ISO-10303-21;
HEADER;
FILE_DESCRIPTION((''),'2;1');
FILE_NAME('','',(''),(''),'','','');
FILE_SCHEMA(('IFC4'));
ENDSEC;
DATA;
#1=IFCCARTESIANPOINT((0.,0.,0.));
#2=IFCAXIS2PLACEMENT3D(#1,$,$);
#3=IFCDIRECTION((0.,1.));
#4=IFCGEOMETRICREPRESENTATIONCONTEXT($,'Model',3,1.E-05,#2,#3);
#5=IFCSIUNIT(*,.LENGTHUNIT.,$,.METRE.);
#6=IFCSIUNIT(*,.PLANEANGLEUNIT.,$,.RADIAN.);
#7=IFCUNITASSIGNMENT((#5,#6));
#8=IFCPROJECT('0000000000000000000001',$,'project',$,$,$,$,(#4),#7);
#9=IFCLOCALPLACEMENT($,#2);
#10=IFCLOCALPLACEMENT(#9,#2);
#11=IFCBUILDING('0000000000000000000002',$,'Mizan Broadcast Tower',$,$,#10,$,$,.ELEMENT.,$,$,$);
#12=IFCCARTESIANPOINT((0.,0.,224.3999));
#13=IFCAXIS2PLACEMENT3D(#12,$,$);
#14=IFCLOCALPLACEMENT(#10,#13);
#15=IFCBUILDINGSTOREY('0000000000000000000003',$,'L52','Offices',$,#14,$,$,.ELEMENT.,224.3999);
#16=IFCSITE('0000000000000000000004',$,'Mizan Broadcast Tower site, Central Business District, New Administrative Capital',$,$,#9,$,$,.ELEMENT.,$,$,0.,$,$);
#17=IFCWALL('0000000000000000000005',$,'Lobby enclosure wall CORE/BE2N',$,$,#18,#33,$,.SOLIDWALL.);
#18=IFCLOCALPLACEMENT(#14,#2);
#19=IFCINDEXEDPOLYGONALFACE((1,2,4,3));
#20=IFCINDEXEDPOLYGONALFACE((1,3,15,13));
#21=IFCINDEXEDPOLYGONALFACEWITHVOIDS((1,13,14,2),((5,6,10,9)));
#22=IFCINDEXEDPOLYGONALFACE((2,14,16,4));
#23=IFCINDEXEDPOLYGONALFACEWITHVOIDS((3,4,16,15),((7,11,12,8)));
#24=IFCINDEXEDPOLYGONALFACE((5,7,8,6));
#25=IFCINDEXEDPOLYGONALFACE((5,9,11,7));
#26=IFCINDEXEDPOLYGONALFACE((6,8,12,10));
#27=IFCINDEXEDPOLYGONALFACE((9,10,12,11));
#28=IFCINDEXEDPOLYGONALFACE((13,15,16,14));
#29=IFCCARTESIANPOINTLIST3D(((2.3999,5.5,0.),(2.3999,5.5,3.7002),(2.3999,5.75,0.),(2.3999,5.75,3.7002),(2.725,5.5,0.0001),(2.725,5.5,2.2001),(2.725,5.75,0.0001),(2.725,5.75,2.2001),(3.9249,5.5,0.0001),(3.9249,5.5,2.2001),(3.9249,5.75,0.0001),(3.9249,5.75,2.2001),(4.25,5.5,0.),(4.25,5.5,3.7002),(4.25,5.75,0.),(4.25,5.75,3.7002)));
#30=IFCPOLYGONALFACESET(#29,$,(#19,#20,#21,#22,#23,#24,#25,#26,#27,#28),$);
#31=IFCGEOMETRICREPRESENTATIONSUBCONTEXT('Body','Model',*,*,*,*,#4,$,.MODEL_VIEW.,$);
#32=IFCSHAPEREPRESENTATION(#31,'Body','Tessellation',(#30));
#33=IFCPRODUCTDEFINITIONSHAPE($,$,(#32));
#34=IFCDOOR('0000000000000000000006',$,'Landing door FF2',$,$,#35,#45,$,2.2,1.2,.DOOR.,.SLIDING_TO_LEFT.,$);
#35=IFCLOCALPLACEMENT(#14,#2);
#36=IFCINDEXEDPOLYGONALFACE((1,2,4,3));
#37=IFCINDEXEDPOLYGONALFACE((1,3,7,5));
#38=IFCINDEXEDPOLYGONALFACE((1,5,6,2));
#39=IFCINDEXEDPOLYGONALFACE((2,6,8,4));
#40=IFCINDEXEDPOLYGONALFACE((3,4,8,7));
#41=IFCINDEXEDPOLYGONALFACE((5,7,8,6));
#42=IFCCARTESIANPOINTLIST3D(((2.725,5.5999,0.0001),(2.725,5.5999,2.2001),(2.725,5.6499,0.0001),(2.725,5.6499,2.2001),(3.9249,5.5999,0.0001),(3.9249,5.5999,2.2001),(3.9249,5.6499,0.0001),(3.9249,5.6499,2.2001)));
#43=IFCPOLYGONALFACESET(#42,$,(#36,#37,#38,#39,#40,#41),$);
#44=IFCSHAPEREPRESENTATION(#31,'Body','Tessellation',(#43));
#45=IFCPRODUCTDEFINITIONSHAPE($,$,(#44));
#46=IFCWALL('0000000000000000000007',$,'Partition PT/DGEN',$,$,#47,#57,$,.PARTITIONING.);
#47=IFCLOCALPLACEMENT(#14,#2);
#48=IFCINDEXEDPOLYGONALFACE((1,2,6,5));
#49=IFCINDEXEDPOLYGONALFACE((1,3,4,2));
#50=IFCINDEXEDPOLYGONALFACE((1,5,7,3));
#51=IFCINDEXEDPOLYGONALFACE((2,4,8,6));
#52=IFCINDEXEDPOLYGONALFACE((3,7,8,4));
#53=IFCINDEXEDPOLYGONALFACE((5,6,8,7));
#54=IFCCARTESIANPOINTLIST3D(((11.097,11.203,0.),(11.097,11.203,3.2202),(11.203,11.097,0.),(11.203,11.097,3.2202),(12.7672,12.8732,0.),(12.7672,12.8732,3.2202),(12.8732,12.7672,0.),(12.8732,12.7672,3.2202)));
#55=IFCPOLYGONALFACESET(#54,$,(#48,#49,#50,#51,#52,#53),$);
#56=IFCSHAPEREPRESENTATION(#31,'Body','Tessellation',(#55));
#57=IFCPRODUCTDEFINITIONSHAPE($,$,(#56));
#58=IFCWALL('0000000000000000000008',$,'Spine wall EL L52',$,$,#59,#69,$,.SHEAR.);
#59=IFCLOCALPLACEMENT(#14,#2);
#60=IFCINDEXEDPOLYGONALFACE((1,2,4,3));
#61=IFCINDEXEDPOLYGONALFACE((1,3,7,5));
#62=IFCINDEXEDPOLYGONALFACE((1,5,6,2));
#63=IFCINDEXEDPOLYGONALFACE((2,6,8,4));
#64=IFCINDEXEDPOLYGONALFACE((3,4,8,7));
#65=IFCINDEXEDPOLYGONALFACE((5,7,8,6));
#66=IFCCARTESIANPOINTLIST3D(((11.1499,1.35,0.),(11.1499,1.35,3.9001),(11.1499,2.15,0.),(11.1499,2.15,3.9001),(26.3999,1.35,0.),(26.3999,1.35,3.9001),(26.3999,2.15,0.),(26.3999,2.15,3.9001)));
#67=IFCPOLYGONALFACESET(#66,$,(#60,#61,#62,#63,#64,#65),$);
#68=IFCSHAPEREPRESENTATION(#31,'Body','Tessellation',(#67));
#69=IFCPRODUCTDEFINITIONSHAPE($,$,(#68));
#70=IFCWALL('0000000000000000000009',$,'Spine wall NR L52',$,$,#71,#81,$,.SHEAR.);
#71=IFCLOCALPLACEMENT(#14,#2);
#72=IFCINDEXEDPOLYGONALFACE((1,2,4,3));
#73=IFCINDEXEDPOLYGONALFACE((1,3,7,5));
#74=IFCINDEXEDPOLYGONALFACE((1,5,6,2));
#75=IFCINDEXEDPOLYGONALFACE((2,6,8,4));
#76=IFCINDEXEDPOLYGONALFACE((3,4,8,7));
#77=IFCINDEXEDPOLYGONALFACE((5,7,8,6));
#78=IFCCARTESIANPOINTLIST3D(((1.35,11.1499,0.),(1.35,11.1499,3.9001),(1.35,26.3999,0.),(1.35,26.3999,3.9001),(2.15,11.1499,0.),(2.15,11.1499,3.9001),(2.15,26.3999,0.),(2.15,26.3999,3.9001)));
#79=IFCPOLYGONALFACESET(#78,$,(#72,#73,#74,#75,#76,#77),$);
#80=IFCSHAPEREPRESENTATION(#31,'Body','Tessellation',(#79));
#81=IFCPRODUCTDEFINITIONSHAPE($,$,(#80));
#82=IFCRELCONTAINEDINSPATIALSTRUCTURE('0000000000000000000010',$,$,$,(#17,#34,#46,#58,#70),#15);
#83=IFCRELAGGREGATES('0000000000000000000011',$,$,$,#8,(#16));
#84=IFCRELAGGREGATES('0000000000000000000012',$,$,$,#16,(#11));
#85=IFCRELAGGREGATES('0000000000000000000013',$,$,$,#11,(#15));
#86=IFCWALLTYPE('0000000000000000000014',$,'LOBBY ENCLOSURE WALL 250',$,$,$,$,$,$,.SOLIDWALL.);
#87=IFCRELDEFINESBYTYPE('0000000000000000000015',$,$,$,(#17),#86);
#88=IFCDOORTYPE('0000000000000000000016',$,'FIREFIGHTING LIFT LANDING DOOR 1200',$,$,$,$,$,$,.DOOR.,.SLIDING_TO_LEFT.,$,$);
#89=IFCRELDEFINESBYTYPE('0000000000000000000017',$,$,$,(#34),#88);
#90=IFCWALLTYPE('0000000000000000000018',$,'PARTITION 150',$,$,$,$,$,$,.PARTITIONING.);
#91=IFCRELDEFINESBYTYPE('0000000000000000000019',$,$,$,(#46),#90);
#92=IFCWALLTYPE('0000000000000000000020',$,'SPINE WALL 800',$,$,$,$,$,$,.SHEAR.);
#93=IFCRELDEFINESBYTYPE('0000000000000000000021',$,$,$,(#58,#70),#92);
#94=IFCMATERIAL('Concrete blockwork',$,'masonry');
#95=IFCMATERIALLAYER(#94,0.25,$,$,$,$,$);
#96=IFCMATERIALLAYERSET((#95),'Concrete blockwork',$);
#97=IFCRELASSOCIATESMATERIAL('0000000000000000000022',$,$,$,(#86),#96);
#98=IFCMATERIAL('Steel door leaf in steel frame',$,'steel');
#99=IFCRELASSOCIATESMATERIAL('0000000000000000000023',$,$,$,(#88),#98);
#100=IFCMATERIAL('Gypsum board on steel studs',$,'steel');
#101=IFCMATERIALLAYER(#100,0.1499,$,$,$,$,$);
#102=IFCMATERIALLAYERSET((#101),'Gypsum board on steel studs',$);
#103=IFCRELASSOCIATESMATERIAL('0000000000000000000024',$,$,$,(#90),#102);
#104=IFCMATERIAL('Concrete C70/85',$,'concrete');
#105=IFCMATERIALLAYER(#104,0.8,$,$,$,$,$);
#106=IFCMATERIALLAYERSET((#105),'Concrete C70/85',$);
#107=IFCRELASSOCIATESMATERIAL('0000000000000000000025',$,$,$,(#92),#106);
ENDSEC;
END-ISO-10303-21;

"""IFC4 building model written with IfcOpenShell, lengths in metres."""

from ifc_helpers import new_model, si_unit, direction, frame, frame_2d, origin, place, context, subcontext, project, spatial, rectangle, extrude, material, layer, layer_set, type_object, element, fill, save


model = new_model("IFC4")

# Units and contexts
model_context = context("Model", 3, precision=1e-05, world=origin(), true_north=direction((0.0, 1.0)))
body_context = subcontext(model_context, "Body", "Model", "MODEL_VIEW")
ifc_project = project(units=[si_unit("LENGTHUNIT", "METRE"), si_unit("PLANEANGLEUNIT", "RADIAN")], contexts=[model_context])

# Site, building, storey
site_placement = place(None, origin())
site = spatial("IfcSite", under=ifc_project, at=site_placement, Name="Mizan Broadcast Tower site, Central Business District, New Administrative Capital", CompositionType="ELEMENT", RefElevation=0.0)
building_placement = place(site_placement, origin())
building = spatial("IfcBuilding", under=site, at=building_placement, Name="Mizan Broadcast Tower", CompositionType="ELEMENT")
storey_placement = place(building_placement, frame((0.0, 0.0, 224.3999)))
storey = spatial("IfcBuildingStorey", under=building, at=storey_placement, Name="L52", Description="Offices", CompositionType="ELEMENT", Elevation=224.3999)

# Wall, opening, door
ifc_material_1 = material(Name="Concrete blockwork", Category="masonry")
ifc_layer_1 = layer(ifc_material_1, 0.25)
ifc_layer_set_1 = layer_set([ifc_layer_1], Name="Concrete blockwork")
wall_type_1 = type_object("IfcWallType", Name="LOBBY ENCLOSURE WALL 250", PredefinedType="SOLIDWALL", material=ifc_layer_set_1)
wall_1_placement = place(storey_placement, frame((2.3999, 5.625, 0.0), z_axis=(0.0, 0.0, 1.0), x_axis=(1.0, 0.0, 0.0)))
wall_1 = element("IfcWall", 1, at=wall_1_placement, inside=storey, type_object=wall_type_1, Name="Lobby enclosure wall CORE/BE2N", PredefinedType="SOLIDWALL", context=body_context, shape_type="SweptSolid", body=[
    extrude(rectangle(XDim=1.8501, YDim=0.25, at=frame_2d((0.925, 0.0))), origin(), (0.0, 0.0, 1.0), 3.7002),
])
opening_1_placement = place(wall_1_placement, frame((0.325, 0.0, 0.0)))
opening_1 = element("IfcOpeningElement", 2, at=opening_1_placement, cuts=wall_1, PredefinedType="OPENING", context=body_context, shape_type="SweptSolid", body=[
    extrude(rectangle(XDim=1.2, YDim=2.2, at=frame_2d((0.6001, 1.1001))), frame((0.0, 0.135, 0.0), z_axis=(0.0, -1.0, 0.0), x_axis=(1.0, 0.0, 0.0)), (0.0, 0.0, 1.0), 0.27),
])
ifc_material_2 = material(Name="Steel door leaf in steel frame", Category="steel")
door_type_1 = type_object("IfcDoorType", Name="FIREFIGHTING LIFT LANDING DOOR 1200", OperationType="SLIDING_TO_LEFT", PredefinedType="DOOR", material=ifc_material_2)
door_1_placement = place(opening_1_placement, origin())
door_1 = element("IfcDoor", 3, at=door_1_placement, inside=storey, type_object=door_type_1, Name="Landing door FF2", OperationType="SLIDING_TO_LEFT", OverallHeight=2.2, OverallWidth=1.2, PredefinedType="DOOR", context=body_context, shape_type="SweptSolid", body=[
    extrude(rectangle(XDim=1.2, YDim=2.2, at=frame_2d((0.6001, 1.1001))), frame((0.0, 0.0249, 0.0), z_axis=(0.0, -1.0, 0.0), x_axis=(1.0, 0.0, 0.0)), (0.0, 0.0, 1.0), 0.05),
])
fill(opening_1, door_1)

# Walls
ifc_material_3 = material(Name="Gypsum board on steel studs", Category="steel")
ifc_layer_2 = layer(ifc_material_3, 0.1499)
ifc_layer_set_2 = layer_set([ifc_layer_2], Name="Gypsum board on steel studs")
wall_type_2 = type_object("IfcWallType", Name="PARTITION 150", PredefinedType="PARTITIONING", material=ifc_layer_set_2)
wall_2_placement = place(storey_placement, frame((11.1499, 11.1499, 0.0), z_axis=(0.0, 0.0, 1.0), x_axis=(0.707107, 0.707107, 0.0)))
element("IfcWall", 4, at=wall_2_placement, inside=storey, type_object=wall_type_2, Name="Partition PT/DGEN", PredefinedType="PARTITIONING", context=body_context, shape_type="SweptSolid", body=[
    extrude(rectangle(XDim=2.3621, YDim=0.1499, at=frame_2d((1.1812, 0.0))), origin(), (0.0, 0.0, 1.0), 3.2202),
])
ifc_material_4 = material(Name="Concrete C70/85", Category="concrete")
ifc_layer_3 = layer(ifc_material_4, 0.8)
ifc_layer_set_3 = layer_set([ifc_layer_3], Name="Concrete C70/85")
wall_type_3 = type_object("IfcWallType", Name="SPINE WALL 800", PredefinedType="SHEAR", material=ifc_layer_set_3)
for number, where, z_axis, x_axis, name in (
    (5, (11.1499, 1.75, 0.0), (0.0, 0.0, 1.0), (1.0, 0.0, 0.0), "Spine wall EL L52"),
    (6, (1.75, 11.1499, 0.0), (0.0, 0.0, 1.0), (0.0, 1.0, 0.0), "Spine wall NR L52"),
):
    element("IfcWall", number, at=place(storey_placement, frame(where, z_axis=z_axis, x_axis=x_axis)), inside=storey, type_object=wall_type_3, Name=name, PredefinedType="SHEAR", context=body_context, shape_type="SweptSolid", body=[
        extrude(rectangle(XDim=15.25, YDim=0.8, at=frame_2d((7.625, 0.0))), origin(), (0.0, 0.0, 1.0), 3.9001),
    ])

save(model, "model.ifc")
